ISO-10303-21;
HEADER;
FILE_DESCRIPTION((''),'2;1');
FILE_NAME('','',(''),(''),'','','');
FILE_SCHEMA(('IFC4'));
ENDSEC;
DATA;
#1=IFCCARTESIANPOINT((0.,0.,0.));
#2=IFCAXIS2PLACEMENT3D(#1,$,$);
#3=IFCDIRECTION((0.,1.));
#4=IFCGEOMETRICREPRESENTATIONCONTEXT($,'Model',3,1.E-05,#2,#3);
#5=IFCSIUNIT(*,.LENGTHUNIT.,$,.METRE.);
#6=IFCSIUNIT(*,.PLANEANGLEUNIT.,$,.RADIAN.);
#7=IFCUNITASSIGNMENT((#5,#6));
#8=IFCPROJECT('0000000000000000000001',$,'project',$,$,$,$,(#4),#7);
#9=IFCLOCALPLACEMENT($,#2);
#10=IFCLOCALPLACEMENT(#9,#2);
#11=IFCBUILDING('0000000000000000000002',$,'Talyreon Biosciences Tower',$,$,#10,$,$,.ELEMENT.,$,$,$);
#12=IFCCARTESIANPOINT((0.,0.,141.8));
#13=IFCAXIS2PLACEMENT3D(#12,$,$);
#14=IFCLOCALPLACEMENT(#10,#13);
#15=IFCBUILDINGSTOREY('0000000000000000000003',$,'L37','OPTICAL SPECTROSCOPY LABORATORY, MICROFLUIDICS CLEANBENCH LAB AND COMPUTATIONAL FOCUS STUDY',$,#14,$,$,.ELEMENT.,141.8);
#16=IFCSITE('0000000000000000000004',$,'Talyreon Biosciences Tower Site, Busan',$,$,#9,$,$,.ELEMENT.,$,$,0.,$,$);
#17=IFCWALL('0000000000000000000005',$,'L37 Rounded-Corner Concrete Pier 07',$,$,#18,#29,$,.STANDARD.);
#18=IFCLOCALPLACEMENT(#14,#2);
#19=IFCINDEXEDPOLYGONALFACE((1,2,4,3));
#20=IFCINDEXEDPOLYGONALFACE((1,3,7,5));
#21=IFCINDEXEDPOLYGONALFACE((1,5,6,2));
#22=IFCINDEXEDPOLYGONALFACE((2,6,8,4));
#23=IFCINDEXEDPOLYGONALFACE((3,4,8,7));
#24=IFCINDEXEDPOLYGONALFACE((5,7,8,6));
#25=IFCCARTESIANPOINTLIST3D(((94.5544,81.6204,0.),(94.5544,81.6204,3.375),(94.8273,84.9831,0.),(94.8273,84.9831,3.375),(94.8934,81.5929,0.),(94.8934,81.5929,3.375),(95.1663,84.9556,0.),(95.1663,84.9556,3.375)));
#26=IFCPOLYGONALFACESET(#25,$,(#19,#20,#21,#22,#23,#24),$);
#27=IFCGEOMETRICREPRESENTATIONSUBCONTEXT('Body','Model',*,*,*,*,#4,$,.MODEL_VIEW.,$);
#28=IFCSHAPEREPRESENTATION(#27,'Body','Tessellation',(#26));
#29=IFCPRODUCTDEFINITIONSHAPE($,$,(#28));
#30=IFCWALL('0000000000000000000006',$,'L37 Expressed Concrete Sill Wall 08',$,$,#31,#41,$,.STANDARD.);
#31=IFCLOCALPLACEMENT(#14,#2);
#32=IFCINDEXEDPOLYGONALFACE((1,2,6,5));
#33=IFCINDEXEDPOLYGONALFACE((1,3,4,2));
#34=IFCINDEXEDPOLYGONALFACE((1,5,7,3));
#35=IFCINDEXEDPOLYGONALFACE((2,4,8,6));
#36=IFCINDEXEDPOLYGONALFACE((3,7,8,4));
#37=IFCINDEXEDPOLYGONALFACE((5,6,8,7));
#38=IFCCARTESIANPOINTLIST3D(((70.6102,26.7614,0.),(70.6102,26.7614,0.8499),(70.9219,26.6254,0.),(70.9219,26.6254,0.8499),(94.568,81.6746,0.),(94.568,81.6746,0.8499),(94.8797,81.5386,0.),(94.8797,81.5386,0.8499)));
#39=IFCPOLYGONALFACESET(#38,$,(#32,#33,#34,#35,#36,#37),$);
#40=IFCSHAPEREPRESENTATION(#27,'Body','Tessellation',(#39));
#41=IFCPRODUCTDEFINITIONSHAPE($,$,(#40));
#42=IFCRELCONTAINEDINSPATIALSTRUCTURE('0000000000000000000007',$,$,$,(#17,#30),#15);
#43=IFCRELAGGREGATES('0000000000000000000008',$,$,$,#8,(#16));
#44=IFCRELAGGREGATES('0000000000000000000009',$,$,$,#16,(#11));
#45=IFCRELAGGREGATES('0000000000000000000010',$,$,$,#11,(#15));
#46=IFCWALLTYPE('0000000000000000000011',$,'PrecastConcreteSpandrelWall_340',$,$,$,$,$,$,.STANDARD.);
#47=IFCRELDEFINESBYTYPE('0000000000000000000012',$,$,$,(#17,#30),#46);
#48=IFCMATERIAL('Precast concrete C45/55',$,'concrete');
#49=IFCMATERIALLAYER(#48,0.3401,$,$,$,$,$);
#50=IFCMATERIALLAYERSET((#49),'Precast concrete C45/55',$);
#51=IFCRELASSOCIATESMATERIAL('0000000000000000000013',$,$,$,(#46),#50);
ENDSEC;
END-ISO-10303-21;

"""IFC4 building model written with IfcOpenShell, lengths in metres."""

from ifc_helpers import new_model, si_unit, direction, frame, frame_2d, origin, place, context, subcontext, project, spatial, rectangle, extrude, material, layer, layer_set, type_object, element, save


model = new_model("IFC4")

# Units and contexts
model_context = context("Model", 3, precision=1e-05, world=origin(), true_north=direction((0.0, 1.0)))
body_context = subcontext(model_context, "Body", "Model", "MODEL_VIEW")
ifc_project = project(units=[si_unit("LENGTHUNIT", "METRE"), si_unit("PLANEANGLEUNIT", "RADIAN")], contexts=[model_context])

# Site, building, storey
site_placement = place(None, origin())
site = spatial("IfcSite", under=ifc_project, at=site_placement, Name="Talyreon Biosciences Tower Site, Busan", CompositionType="ELEMENT", RefElevation=0.0)
building_placement = place(site_placement, origin())
building = spatial("IfcBuilding", under=site, at=building_placement, Name="Talyreon Biosciences Tower", CompositionType="ELEMENT")
storey_placement = place(building_placement, frame((0.0, 0.0, 141.8)))
storey = spatial("IfcBuildingStorey", under=building, at=storey_placement, Name="L37", Description="OPTICAL SPECTROSCOPY LABORATORY, MICROFLUIDICS CLEANBENCH LAB AND COMPUTATIONAL FOCUS STUDY", CompositionType="ELEMENT", Elevation=141.8)

# Shared definitions
ifc_material_1 = material(Name="Precast concrete C45/55", Category="concrete")

# Walls
ifc_layer_1 = layer(ifc_material_1, 0.3401)
ifc_layer_set_1 = layer_set([ifc_layer_1], Name="Precast concrete C45/55")
wall_type_1 = type_object("IfcWallType", Name="PrecastConcreteSpandrelWall_340", PredefinedType="STANDARD", material=ifc_layer_set_1)
wall_1_placement = place(storey_placement, frame((94.9968, 84.9695, 0.0), z_axis=(0.0, 0.0, 1.0), x_axis=(-0.080901, -0.996722, 0.0)))
element("IfcWall", 1, at=wall_1_placement, inside=storey, type_object=wall_type_1, Name="L37 Rounded-Corner Concrete Pier 07", PredefinedType="STANDARD", context=body_context, shape_type="SweptSolid", body=[
    extrude(rectangle(XDim=3.3738, YDim=0.3401, at=frame_2d((1.687, 0.0))), origin(), (0.0, 0.0, 1.0), 3.375),
])
wall_2_placement = place(storey_placement, frame((94.7239, 81.6067, 0.0), z_axis=(0.0, 0.0, 1.0), x_axis=(-0.399884, -0.916566, 0.0)))
element("IfcWall", 2, at=wall_2_placement, inside=storey, type_object=wall_type_1, Name="L37 Expressed Concrete Sill Wall 08", PredefinedType="STANDARD", context=body_context, shape_type="SweptSolid", body=[
    extrude(rectangle(XDim=59.9119, YDim=0.3401, at=frame_2d((29.9561, 0.0))), origin(), (0.0, 0.0, 1.0), 0.8499),
])

save(model, "model.ifc")
